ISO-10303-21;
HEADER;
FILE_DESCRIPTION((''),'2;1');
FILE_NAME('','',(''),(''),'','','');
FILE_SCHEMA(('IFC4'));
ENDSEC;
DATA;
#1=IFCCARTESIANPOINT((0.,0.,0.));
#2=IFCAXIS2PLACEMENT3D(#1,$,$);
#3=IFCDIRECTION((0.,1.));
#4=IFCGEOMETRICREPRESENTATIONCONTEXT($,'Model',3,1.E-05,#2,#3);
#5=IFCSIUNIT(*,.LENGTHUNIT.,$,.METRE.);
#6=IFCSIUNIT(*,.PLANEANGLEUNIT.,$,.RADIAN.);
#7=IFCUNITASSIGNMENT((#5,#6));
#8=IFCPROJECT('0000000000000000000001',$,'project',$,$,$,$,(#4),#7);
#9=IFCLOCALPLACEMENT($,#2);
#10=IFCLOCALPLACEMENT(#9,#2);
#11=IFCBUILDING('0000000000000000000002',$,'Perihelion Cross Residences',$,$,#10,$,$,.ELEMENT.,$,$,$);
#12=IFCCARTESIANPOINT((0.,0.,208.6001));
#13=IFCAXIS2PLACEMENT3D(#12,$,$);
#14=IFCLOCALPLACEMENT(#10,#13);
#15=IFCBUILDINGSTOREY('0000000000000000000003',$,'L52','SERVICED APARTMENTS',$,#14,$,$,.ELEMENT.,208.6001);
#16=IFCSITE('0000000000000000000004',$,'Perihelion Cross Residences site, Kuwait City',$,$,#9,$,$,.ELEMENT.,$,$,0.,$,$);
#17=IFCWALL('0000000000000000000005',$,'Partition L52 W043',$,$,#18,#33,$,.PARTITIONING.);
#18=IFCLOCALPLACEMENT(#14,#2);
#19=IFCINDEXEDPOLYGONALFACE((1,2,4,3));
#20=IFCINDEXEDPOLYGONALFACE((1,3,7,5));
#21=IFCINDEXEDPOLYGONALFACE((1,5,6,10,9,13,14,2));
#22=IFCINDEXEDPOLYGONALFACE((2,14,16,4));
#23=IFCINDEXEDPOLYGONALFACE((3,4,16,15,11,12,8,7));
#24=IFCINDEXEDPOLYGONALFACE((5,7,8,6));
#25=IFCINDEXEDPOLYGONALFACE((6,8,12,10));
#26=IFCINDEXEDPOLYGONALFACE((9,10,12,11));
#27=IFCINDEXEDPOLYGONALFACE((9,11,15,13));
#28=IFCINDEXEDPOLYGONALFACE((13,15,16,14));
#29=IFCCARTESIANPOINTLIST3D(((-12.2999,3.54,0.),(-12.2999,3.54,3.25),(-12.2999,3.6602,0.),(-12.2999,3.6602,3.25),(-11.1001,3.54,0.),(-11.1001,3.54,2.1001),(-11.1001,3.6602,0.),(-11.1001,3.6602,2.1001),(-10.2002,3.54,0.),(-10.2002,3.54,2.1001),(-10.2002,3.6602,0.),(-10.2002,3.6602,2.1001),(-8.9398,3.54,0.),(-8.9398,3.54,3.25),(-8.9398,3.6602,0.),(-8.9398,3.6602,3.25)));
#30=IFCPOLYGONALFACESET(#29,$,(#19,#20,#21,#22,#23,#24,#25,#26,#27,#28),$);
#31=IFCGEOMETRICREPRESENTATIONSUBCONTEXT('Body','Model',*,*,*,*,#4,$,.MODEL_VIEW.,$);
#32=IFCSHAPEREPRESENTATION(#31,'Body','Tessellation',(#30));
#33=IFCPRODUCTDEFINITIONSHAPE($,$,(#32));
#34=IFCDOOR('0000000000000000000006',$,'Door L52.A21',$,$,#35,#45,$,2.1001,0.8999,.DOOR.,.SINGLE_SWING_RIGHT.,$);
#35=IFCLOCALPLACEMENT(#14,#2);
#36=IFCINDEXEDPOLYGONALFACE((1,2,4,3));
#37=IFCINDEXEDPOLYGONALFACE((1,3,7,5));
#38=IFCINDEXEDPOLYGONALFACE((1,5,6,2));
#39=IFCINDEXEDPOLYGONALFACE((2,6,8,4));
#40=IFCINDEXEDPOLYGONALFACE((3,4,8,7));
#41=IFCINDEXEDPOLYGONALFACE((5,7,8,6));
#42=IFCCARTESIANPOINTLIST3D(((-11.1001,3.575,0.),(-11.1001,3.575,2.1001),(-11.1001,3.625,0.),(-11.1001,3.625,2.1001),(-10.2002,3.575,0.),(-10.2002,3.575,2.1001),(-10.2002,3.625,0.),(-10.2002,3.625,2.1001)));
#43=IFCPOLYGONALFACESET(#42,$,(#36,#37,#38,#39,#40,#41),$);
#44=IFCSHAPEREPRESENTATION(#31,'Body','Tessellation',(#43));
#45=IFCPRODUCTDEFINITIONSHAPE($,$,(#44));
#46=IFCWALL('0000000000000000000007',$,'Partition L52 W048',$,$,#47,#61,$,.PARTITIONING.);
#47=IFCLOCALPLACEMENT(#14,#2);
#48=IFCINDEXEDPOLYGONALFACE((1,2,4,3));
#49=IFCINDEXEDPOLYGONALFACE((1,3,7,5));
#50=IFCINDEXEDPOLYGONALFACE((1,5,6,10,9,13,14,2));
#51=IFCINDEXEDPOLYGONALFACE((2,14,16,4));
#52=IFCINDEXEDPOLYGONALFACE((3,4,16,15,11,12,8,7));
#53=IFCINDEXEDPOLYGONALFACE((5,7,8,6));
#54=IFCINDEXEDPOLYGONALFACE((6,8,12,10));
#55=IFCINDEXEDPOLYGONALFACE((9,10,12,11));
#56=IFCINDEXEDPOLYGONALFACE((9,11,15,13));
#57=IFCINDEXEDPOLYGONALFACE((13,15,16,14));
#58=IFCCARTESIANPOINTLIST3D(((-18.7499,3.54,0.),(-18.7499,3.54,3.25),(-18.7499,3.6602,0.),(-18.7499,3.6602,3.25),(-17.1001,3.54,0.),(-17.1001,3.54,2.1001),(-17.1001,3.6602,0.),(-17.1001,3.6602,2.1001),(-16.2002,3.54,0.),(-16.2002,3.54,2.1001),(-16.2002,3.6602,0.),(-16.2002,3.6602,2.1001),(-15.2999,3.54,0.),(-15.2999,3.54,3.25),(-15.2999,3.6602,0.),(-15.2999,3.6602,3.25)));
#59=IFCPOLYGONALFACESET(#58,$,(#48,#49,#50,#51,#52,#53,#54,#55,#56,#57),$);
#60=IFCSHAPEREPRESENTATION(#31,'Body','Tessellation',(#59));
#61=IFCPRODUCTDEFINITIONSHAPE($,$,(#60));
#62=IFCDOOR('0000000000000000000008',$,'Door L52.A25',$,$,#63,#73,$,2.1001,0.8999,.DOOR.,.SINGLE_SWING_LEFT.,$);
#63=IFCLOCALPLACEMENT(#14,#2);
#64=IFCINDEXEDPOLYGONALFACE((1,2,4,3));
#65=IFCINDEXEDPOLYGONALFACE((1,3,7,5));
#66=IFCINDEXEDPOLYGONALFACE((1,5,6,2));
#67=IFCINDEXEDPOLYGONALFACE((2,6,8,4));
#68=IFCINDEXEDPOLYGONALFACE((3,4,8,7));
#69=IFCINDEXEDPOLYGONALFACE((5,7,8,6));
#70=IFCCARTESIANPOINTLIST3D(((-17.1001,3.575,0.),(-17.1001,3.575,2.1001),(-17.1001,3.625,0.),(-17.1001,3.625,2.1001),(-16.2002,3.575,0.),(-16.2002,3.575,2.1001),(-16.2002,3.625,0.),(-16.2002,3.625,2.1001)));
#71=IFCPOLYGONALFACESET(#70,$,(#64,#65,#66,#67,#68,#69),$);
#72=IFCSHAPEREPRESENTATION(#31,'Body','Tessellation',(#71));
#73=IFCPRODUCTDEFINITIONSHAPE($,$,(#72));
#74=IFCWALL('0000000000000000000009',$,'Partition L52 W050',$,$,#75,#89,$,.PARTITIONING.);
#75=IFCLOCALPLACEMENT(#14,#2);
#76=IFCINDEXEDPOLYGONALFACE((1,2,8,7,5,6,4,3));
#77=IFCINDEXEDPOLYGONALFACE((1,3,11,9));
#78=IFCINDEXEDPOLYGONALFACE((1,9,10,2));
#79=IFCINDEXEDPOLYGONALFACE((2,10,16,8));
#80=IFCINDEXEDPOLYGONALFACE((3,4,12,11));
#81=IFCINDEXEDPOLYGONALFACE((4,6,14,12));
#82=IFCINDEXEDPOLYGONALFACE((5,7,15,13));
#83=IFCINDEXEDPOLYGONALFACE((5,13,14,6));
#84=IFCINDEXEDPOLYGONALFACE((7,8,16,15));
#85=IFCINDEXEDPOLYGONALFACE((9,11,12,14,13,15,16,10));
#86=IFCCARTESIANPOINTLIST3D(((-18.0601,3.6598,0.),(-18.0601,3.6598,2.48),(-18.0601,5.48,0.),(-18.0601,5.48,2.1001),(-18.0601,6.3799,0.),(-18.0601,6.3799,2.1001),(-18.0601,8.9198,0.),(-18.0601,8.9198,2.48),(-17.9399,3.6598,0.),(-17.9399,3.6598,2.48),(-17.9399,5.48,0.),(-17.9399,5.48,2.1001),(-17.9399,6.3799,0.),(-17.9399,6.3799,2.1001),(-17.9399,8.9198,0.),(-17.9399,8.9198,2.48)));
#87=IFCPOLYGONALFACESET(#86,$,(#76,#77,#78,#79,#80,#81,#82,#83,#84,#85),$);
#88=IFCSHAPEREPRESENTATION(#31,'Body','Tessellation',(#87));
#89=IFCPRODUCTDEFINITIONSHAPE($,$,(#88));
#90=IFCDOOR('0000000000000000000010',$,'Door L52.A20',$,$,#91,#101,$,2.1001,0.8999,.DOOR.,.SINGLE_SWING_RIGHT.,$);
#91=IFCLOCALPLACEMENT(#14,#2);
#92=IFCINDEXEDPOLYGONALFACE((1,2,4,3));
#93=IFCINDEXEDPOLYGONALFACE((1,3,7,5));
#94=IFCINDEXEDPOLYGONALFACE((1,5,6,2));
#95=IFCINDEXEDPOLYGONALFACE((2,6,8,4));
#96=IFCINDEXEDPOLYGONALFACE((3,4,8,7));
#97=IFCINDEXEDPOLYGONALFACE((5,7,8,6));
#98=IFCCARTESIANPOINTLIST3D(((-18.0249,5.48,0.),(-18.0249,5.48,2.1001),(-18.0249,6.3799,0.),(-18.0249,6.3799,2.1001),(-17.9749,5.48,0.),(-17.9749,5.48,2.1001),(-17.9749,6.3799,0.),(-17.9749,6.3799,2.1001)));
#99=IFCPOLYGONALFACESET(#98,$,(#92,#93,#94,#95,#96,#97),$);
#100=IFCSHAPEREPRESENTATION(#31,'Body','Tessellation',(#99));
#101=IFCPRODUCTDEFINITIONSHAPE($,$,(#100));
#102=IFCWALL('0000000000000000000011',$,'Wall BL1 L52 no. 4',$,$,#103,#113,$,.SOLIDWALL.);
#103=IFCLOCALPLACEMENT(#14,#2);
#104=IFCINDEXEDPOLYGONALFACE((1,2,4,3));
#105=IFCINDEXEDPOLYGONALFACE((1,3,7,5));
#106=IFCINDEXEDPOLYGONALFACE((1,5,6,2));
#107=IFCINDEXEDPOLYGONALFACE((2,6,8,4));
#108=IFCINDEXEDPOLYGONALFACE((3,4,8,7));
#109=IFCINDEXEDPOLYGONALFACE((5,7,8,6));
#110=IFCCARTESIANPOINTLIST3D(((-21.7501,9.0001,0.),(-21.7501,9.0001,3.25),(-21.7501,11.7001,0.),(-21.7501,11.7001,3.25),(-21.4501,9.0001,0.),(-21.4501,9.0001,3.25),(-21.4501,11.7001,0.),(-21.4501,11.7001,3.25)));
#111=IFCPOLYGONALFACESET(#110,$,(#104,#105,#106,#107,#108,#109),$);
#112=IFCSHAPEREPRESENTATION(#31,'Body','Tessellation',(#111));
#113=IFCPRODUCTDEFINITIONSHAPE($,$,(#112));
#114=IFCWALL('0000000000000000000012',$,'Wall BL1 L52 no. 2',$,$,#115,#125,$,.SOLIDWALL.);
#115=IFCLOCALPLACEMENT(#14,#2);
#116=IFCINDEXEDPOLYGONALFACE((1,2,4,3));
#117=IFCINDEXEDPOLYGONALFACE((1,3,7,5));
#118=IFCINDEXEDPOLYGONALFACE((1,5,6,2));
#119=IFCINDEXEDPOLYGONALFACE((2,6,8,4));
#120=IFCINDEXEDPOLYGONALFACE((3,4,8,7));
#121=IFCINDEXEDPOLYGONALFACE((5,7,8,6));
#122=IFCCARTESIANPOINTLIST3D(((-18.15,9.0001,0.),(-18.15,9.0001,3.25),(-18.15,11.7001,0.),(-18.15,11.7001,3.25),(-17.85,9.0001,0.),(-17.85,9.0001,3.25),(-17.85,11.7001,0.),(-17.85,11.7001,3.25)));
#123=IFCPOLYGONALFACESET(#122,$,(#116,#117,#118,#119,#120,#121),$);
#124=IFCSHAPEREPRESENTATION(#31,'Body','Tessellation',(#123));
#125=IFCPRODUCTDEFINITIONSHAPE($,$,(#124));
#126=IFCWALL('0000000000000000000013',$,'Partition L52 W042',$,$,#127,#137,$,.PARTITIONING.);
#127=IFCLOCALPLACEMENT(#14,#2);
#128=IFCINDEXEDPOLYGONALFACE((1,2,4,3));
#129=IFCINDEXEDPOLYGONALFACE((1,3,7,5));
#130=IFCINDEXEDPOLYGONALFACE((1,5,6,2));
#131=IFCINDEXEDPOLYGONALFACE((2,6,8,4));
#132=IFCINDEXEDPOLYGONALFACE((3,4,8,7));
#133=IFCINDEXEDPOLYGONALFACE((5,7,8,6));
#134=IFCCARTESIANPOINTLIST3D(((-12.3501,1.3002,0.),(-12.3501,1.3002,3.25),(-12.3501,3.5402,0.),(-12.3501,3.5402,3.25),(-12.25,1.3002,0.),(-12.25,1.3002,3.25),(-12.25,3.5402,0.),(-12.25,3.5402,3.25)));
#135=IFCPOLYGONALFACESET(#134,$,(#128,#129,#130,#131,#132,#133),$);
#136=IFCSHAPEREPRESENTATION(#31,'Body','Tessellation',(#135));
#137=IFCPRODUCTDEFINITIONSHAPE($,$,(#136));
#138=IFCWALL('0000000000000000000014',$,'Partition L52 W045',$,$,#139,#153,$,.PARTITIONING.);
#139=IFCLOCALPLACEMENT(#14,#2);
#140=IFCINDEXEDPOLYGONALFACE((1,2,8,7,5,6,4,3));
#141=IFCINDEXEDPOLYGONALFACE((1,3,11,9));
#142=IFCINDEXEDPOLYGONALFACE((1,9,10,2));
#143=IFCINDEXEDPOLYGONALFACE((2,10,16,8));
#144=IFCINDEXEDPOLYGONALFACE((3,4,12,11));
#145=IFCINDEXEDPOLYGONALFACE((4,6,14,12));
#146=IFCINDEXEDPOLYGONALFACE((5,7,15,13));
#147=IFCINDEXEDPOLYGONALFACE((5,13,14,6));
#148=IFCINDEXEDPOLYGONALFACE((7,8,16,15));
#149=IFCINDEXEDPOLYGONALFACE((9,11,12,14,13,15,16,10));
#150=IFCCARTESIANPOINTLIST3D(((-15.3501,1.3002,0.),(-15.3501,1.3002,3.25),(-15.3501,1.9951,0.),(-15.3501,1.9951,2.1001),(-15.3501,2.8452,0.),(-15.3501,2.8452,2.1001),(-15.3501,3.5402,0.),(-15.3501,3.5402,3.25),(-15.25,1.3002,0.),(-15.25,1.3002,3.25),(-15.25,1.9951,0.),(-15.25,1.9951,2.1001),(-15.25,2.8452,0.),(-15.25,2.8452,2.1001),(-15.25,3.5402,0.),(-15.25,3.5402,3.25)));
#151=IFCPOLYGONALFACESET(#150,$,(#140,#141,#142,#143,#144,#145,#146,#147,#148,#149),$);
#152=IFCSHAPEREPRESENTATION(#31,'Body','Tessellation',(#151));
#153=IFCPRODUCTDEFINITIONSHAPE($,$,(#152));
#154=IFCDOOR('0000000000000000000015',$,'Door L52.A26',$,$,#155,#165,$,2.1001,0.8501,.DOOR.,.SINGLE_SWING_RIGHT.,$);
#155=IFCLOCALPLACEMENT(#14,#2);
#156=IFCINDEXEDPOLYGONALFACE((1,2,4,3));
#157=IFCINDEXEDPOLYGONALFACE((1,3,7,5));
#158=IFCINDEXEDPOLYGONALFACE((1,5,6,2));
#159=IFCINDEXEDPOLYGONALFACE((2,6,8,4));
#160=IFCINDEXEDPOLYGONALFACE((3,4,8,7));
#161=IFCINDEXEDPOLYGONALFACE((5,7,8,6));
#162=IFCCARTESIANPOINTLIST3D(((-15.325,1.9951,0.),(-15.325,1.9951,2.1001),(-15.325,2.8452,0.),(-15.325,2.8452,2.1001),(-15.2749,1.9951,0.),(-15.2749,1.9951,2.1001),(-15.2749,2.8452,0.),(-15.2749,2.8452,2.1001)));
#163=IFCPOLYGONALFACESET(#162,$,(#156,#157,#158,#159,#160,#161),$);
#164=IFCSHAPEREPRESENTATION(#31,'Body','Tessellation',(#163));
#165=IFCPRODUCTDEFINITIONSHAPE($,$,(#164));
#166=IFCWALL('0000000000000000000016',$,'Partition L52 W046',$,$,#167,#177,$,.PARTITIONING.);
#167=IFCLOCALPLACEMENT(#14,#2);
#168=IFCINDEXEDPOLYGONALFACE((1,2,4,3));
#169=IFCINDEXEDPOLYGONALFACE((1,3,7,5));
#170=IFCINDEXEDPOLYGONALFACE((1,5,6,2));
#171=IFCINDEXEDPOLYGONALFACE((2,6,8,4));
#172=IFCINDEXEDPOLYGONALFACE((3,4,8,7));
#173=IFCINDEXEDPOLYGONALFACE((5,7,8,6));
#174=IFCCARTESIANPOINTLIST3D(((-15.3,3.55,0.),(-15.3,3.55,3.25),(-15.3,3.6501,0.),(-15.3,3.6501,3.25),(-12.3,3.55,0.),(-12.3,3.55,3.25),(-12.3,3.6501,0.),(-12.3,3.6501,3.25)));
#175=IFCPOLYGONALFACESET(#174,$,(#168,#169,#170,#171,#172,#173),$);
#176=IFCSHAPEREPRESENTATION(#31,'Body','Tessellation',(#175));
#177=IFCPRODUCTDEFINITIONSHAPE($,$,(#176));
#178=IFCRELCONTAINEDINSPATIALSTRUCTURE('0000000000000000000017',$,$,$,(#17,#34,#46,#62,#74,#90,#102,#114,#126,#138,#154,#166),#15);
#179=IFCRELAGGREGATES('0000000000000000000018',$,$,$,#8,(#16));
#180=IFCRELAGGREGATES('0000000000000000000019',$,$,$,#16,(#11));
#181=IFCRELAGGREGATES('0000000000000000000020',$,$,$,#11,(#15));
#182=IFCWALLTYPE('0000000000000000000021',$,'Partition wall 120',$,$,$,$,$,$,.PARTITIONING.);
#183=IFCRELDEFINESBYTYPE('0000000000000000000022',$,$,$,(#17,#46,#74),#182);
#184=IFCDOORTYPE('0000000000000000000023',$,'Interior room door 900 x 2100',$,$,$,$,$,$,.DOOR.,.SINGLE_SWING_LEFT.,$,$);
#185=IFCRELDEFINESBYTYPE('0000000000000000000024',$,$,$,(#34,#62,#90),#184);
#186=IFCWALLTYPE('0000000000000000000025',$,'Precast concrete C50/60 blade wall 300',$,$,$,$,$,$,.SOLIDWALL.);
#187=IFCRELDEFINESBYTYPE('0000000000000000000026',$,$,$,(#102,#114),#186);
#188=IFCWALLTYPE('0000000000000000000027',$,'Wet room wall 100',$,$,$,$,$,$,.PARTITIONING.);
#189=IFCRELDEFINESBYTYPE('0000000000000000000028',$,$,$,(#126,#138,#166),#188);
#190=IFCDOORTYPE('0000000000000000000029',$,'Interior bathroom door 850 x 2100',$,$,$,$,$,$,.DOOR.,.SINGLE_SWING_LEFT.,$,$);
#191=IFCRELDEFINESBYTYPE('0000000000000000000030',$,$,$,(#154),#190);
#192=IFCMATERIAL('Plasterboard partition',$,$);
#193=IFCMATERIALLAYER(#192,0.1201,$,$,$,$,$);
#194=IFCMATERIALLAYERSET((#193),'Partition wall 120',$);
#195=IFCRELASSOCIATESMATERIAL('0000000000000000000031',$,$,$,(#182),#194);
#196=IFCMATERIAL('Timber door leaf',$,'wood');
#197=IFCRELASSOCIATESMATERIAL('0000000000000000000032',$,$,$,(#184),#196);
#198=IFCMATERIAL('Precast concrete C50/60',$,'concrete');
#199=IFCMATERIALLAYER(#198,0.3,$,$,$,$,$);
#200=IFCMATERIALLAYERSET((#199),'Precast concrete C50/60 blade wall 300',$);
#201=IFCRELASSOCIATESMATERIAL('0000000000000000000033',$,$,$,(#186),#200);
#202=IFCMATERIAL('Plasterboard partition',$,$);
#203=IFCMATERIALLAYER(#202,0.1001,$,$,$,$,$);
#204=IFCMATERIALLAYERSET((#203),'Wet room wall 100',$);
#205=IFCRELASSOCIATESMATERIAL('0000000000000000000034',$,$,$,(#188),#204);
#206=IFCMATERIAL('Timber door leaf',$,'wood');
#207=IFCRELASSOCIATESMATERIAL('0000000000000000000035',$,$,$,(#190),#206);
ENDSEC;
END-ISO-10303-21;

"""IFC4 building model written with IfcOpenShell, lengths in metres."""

from ifc_helpers import new_model, si_unit, direction, frame, frame_2d, origin, place, context, subcontext, project, spatial, rectangle, extrude, material, layer, layer_set, type_object, element, fill, save


model = new_model("IFC4")

# Units and contexts
model_context = context("Model", 3, precision=1e-05, world=origin(), true_north=direction((0.0, 1.0)))
body_context = subcontext(model_context, "Body", "Model", "MODEL_VIEW")
ifc_project = project(units=[si_unit("LENGTHUNIT", "METRE"), si_unit("PLANEANGLEUNIT", "RADIAN")], contexts=[model_context])

# Site, building, storey
site_placement = place(None, origin())
site = spatial("IfcSite", under=ifc_project, at=site_placement, Name="Perihelion Cross Residences site, Kuwait City", CompositionType="ELEMENT", RefElevation=0.0)
building_placement = place(site_placement, origin())
building = spatial("IfcBuilding", under=site, at=building_placement, Name="Perihelion Cross Residences", CompositionType="ELEMENT")
storey_placement = place(building_placement, frame((0.0, 0.0, 208.6001)))
storey = spatial("IfcBuildingStorey", under=building, at=storey_placement, Name="L52", Description="SERVICED APARTMENTS", CompositionType="ELEMENT", Elevation=208.6001)

# Walls, openings, doors
ifc_material_1 = material(Name="Plasterboard partition")
ifc_layer_1 = layer(ifc_material_1, 0.1201)
ifc_layer_set_1 = layer_set([ifc_layer_1], Name="Partition wall 120")
wall_type_1 = type_object("IfcWallType", Name="Partition wall 120", PredefinedType="PARTITIONING", material=ifc_layer_set_1)
wall_1_placement = place(storey_placement, frame((-12.3, 3.6001, 0.0), z_axis=(0.0, 0.0, 1.0), x_axis=(1.0, 0.0, 0.0)))
wall_1 = element("IfcWall", 1, at=wall_1_placement, inside=storey, type_object=wall_type_1, Name="Partition L52 W043", PredefinedType="PARTITIONING", context=body_context, shape_type="SweptSolid", body=[
    extrude(rectangle(XDim=3.3601, YDim=0.1201, at=frame_2d((1.6802, 0.0))), origin(), (0.0, 0.0, 1.0), 3.25),
])
opening_1_placement = place(wall_1_placement, frame((1.2, 0.0, 0.0)))
opening_1 = element("IfcOpeningElement", 2, at=opening_1_placement, cuts=wall_1, PredefinedType="OPENING", context=body_context, shape_type="SweptSolid", body=[
    extrude(rectangle(XDim=0.8999, YDim=2.1001, at=frame_2d((0.45, 1.05))), frame((0.0, 0.0701, 0.0), z_axis=(0.0, -1.0, 0.0), x_axis=(1.0, 0.0, 0.0)), (0.0, 0.0, 1.0), 0.1401),
])
ifc_material_2 = material(Name="Timber door leaf", Category="wood")
door_type_1 = type_object("IfcDoorType", Name="Interior room door 900 x 2100", OperationType="SINGLE_SWING_LEFT", PredefinedType="DOOR", material=ifc_material_2)
door_1_placement = place(opening_1_placement, origin())
door_1 = element("IfcDoor", 3, at=door_1_placement, inside=storey, type_object=door_type_1, Name="Door L52.A21", OperationType="SINGLE_SWING_RIGHT", OverallHeight=2.1001, OverallWidth=0.8999, PredefinedType="DOOR", context=body_context, shape_type="SweptSolid", body=[
    extrude(rectangle(XDim=0.8999, YDim=2.1001, at=frame_2d((0.45, 1.05))), frame((0.0, 0.0249, 0.0), z_axis=(0.0, -1.0, 0.0), x_axis=(1.0, 0.0, 0.0)), (0.0, 0.0, 1.0), 0.05),
])
fill(opening_1, door_1)
wall_2_placement = place(storey_placement, frame((-18.75, 3.6001, 0.0), z_axis=(0.0, 0.0, 1.0), x_axis=(1.0, 0.0, 0.0)))
wall_2 = element("IfcWall", 4, at=wall_2_placement, inside=storey, type_object=wall_type_1, Name="Partition L52 W048", PredefinedType="PARTITIONING", context=body_context, shape_type="SweptSolid", body=[
    extrude(rectangle(XDim=3.45, YDim=0.1201, at=frame_2d((1.7251, 0.0))), origin(), (0.0, 0.0, 1.0), 3.25),
])
opening_2_placement = place(wall_2_placement, frame((1.6499, 0.0, 0.0)))
opening_2 = element("IfcOpeningElement", 5, at=opening_2_placement, cuts=wall_2, PredefinedType="OPENING", context=body_context, shape_type="SweptSolid", body=[
    extrude(rectangle(XDim=0.8999, YDim=2.1001, at=frame_2d((0.45, 1.05))), frame((0.0, 0.0701, 0.0), z_axis=(0.0, -1.0, 0.0), x_axis=(1.0, 0.0, 0.0)), (0.0, 0.0, 1.0), 0.1401),
])
door_2_placement = place(opening_2_placement, origin())
door_2 = element("IfcDoor", 6, at=door_2_placement, inside=storey, type_object=door_type_1, Name="Door L52.A25", OperationType="SINGLE_SWING_LEFT", OverallHeight=2.1001, OverallWidth=0.8999, PredefinedType="DOOR", context=body_context, shape_type="SweptSolid", body=[
    extrude(rectangle(XDim=0.8999, YDim=2.1001, at=frame_2d((0.45, 1.05))), frame((0.0, 0.0249, 0.0), z_axis=(0.0, -1.0, 0.0), x_axis=(1.0, 0.0, 0.0)), (0.0, 0.0, 1.0), 0.05),
])
fill(opening_2, door_2)
wall_3_placement = place(storey_placement, frame((-18.0, 3.6599, 0.0), z_axis=(0.0, 0.0, 1.0), x_axis=(0.0, 1.0, 0.0)))
wall_3 = element("IfcWall", 7, at=wall_3_placement, inside=storey, type_object=wall_type_1, Name="Partition L52 W050", PredefinedType="PARTITIONING", context=body_context, shape_type="SweptSolid", body=[
    extrude(rectangle(XDim=5.26, YDim=0.1201, at=frame_2d((2.6299, 0.0))), origin(), (0.0, 0.0, 1.0), 2.48),
])
opening_3_placement = place(wall_3_placement, frame((1.8201, 0.0, 0.0)))
opening_3 = element("IfcOpeningElement", 8, at=opening_3_placement, cuts=wall_3, PredefinedType="OPENING", context=body_context, shape_type="SweptSolid", body=[
    extrude(rectangle(XDim=0.8999, YDim=2.1001, at=frame_2d((0.45, 1.05))), frame((0.0, 0.0701, 0.0), z_axis=(0.0, -1.0, 0.0), x_axis=(1.0, 0.0, 0.0)), (0.0, 0.0, 1.0), 0.1401),
])
door_3_placement = place(opening_3_placement, origin())
door_3 = element("IfcDoor", 9, at=door_3_placement, inside=storey, type_object=door_type_1, Name="Door L52.A20", OperationType="SINGLE_SWING_RIGHT", OverallHeight=2.1001, OverallWidth=0.8999, PredefinedType="DOOR", context=body_context, shape_type="SweptSolid", body=[
    extrude(rectangle(XDim=0.8999, YDim=2.1001, at=frame_2d((0.45, 1.05))), frame((0.0, 0.0249, 0.0), z_axis=(0.0, -1.0, 0.0), x_axis=(1.0, 0.0, 0.0)), (0.0, 0.0, 1.0), 0.05),
])
fill(opening_3, door_3)

# Walls
ifc_material_3 = material(Name="Precast concrete C50/60", Category="concrete")
ifc_layer_2 = layer(ifc_material_3, 0.3)
ifc_layer_set_2 = layer_set([ifc_layer_2], Name="Precast concrete C50/60 blade wall 300")
wall_type_2 = type_object("IfcWallType", Name="Precast concrete C50/60 blade wall 300", PredefinedType="SOLIDWALL", material=ifc_layer_set_2)
for number, where, z_axis, x_axis, name in (
    (10, (-21.6001, 9.0, 0.0), (0.0, 0.0, 1.0), (0.0, 1.0, 0.0), "Wall BL1 L52 no. 4"),
    (11, (-18.0, 9.0, 0.0), (0.0, 0.0, 1.0), (0.0, 1.0, 0.0), "Wall BL1 L52 no. 2"),
):
    element("IfcWall", number, at=place(storey_placement, frame(where, z_axis=z_axis, x_axis=x_axis)), inside=storey, type_object=wall_type_2, Name=name, PredefinedType="SOLIDWALL", context=body_context, shape_type="SweptSolid", body=[
        extrude(rectangle(XDim=2.7, YDim=0.3, at=frame_2d((1.3501, 0.0))), origin(), (0.0, 0.0, 1.0), 3.25),
    ])
ifc_material_4 = material(Name="Plasterboard partition")
ifc_layer_3 = layer(ifc_material_4, 0.1001)
ifc_layer_set_3 = layer_set([ifc_layer_3], Name="Wet room wall 100")
wall_type_3 = type_object("IfcWallType", Name="Wet room wall 100", PredefinedType="PARTITIONING", material=ifc_layer_set_3)
wall_4_placement = place(storey_placement, frame((-12.3, 1.3, 0.0), z_axis=(0.0, 0.0, 1.0), x_axis=(0.0, 1.0, 0.0)))
element("IfcWall", 12, at=wall_4_placement, inside=storey, type_object=wall_type_3, Name="Partition L52 W042", PredefinedType="PARTITIONING", context=body_context, shape_type="SweptSolid", body=[
    extrude(rectangle(XDim=2.24, YDim=0.1001, at=frame_2d((1.1201, 0.0))), origin(), (0.0, 0.0, 1.0), 3.25),
])

# Wall, opening, door
wall_5_placement = place(storey_placement, frame((-15.3, 1.3, 0.0), z_axis=(0.0, 0.0, 1.0), x_axis=(0.0, 1.0, 0.0)))
wall_5 = element("IfcWall", 13, at=wall_5_placement, inside=storey, type_object=wall_type_3, Name="Partition L52 W045", PredefinedType="PARTITIONING", context=body_context, shape_type="SweptSolid", body=[
    extrude(rectangle(XDim=2.24, YDim=0.1001, at=frame_2d((1.1201, 0.0))), origin(), (0.0, 0.0, 1.0), 3.25),
])
opening_4_placement = place(wall_5_placement, frame((0.6951, 0.0, 0.0)))
opening_4 = element("IfcOpeningElement", 14, at=opening_4_placement, cuts=wall_5, PredefinedType="OPENING", context=body_context, shape_type="SweptSolid", body=[
    extrude(rectangle(XDim=0.8501, YDim=2.1001, at=frame_2d((0.425, 1.05))), frame((0.0, 0.0601, 0.0), z_axis=(0.0, -1.0, 0.0), x_axis=(1.0, 0.0, 0.0)), (0.0, 0.0, 1.0), 0.1201),
])
ifc_material_5 = material(Name="Timber door leaf", Category="wood")
door_type_2 = type_object("IfcDoorType", Name="Interior bathroom door 850 x 2100", OperationType="SINGLE_SWING_LEFT", PredefinedType="DOOR", material=ifc_material_5)
door_4_placement = place(opening_4_placement, origin())
door_4 = element("IfcDoor", 15, at=door_4_placement, inside=storey, type_object=door_type_2, Name="Door L52.A26", OperationType="SINGLE_SWING_RIGHT", OverallHeight=2.1001, OverallWidth=0.8501, PredefinedType="DOOR", context=body_context, shape_type="SweptSolid", body=[
    extrude(rectangle(XDim=0.8501, YDim=2.1001, at=frame_2d((0.425, 1.05))), frame((0.0, 0.0249, 0.0), z_axis=(0.0, -1.0, 0.0), x_axis=(1.0, 0.0, 0.0)), (0.0, 0.0, 1.0), 0.05),
])
fill(opening_4, door_4)

# Wall
wall_6_placement = place(storey_placement, frame((-15.3, 3.6001, 0.0), z_axis=(0.0, 0.0, 1.0), x_axis=(1.0, 0.0, 0.0)))
element("IfcWall", 16, at=wall_6_placement, inside=storey, type_object=wall_type_3, Name="Partition L52 W046", PredefinedType="PARTITIONING", context=body_context, shape_type="SweptSolid", body=[
    extrude(rectangle(XDim=3.0, YDim=0.1001, at=frame_2d((1.5, 0.0))), origin(), (0.0, 0.0, 1.0), 3.25),
])

save(model, "model.ifc")
